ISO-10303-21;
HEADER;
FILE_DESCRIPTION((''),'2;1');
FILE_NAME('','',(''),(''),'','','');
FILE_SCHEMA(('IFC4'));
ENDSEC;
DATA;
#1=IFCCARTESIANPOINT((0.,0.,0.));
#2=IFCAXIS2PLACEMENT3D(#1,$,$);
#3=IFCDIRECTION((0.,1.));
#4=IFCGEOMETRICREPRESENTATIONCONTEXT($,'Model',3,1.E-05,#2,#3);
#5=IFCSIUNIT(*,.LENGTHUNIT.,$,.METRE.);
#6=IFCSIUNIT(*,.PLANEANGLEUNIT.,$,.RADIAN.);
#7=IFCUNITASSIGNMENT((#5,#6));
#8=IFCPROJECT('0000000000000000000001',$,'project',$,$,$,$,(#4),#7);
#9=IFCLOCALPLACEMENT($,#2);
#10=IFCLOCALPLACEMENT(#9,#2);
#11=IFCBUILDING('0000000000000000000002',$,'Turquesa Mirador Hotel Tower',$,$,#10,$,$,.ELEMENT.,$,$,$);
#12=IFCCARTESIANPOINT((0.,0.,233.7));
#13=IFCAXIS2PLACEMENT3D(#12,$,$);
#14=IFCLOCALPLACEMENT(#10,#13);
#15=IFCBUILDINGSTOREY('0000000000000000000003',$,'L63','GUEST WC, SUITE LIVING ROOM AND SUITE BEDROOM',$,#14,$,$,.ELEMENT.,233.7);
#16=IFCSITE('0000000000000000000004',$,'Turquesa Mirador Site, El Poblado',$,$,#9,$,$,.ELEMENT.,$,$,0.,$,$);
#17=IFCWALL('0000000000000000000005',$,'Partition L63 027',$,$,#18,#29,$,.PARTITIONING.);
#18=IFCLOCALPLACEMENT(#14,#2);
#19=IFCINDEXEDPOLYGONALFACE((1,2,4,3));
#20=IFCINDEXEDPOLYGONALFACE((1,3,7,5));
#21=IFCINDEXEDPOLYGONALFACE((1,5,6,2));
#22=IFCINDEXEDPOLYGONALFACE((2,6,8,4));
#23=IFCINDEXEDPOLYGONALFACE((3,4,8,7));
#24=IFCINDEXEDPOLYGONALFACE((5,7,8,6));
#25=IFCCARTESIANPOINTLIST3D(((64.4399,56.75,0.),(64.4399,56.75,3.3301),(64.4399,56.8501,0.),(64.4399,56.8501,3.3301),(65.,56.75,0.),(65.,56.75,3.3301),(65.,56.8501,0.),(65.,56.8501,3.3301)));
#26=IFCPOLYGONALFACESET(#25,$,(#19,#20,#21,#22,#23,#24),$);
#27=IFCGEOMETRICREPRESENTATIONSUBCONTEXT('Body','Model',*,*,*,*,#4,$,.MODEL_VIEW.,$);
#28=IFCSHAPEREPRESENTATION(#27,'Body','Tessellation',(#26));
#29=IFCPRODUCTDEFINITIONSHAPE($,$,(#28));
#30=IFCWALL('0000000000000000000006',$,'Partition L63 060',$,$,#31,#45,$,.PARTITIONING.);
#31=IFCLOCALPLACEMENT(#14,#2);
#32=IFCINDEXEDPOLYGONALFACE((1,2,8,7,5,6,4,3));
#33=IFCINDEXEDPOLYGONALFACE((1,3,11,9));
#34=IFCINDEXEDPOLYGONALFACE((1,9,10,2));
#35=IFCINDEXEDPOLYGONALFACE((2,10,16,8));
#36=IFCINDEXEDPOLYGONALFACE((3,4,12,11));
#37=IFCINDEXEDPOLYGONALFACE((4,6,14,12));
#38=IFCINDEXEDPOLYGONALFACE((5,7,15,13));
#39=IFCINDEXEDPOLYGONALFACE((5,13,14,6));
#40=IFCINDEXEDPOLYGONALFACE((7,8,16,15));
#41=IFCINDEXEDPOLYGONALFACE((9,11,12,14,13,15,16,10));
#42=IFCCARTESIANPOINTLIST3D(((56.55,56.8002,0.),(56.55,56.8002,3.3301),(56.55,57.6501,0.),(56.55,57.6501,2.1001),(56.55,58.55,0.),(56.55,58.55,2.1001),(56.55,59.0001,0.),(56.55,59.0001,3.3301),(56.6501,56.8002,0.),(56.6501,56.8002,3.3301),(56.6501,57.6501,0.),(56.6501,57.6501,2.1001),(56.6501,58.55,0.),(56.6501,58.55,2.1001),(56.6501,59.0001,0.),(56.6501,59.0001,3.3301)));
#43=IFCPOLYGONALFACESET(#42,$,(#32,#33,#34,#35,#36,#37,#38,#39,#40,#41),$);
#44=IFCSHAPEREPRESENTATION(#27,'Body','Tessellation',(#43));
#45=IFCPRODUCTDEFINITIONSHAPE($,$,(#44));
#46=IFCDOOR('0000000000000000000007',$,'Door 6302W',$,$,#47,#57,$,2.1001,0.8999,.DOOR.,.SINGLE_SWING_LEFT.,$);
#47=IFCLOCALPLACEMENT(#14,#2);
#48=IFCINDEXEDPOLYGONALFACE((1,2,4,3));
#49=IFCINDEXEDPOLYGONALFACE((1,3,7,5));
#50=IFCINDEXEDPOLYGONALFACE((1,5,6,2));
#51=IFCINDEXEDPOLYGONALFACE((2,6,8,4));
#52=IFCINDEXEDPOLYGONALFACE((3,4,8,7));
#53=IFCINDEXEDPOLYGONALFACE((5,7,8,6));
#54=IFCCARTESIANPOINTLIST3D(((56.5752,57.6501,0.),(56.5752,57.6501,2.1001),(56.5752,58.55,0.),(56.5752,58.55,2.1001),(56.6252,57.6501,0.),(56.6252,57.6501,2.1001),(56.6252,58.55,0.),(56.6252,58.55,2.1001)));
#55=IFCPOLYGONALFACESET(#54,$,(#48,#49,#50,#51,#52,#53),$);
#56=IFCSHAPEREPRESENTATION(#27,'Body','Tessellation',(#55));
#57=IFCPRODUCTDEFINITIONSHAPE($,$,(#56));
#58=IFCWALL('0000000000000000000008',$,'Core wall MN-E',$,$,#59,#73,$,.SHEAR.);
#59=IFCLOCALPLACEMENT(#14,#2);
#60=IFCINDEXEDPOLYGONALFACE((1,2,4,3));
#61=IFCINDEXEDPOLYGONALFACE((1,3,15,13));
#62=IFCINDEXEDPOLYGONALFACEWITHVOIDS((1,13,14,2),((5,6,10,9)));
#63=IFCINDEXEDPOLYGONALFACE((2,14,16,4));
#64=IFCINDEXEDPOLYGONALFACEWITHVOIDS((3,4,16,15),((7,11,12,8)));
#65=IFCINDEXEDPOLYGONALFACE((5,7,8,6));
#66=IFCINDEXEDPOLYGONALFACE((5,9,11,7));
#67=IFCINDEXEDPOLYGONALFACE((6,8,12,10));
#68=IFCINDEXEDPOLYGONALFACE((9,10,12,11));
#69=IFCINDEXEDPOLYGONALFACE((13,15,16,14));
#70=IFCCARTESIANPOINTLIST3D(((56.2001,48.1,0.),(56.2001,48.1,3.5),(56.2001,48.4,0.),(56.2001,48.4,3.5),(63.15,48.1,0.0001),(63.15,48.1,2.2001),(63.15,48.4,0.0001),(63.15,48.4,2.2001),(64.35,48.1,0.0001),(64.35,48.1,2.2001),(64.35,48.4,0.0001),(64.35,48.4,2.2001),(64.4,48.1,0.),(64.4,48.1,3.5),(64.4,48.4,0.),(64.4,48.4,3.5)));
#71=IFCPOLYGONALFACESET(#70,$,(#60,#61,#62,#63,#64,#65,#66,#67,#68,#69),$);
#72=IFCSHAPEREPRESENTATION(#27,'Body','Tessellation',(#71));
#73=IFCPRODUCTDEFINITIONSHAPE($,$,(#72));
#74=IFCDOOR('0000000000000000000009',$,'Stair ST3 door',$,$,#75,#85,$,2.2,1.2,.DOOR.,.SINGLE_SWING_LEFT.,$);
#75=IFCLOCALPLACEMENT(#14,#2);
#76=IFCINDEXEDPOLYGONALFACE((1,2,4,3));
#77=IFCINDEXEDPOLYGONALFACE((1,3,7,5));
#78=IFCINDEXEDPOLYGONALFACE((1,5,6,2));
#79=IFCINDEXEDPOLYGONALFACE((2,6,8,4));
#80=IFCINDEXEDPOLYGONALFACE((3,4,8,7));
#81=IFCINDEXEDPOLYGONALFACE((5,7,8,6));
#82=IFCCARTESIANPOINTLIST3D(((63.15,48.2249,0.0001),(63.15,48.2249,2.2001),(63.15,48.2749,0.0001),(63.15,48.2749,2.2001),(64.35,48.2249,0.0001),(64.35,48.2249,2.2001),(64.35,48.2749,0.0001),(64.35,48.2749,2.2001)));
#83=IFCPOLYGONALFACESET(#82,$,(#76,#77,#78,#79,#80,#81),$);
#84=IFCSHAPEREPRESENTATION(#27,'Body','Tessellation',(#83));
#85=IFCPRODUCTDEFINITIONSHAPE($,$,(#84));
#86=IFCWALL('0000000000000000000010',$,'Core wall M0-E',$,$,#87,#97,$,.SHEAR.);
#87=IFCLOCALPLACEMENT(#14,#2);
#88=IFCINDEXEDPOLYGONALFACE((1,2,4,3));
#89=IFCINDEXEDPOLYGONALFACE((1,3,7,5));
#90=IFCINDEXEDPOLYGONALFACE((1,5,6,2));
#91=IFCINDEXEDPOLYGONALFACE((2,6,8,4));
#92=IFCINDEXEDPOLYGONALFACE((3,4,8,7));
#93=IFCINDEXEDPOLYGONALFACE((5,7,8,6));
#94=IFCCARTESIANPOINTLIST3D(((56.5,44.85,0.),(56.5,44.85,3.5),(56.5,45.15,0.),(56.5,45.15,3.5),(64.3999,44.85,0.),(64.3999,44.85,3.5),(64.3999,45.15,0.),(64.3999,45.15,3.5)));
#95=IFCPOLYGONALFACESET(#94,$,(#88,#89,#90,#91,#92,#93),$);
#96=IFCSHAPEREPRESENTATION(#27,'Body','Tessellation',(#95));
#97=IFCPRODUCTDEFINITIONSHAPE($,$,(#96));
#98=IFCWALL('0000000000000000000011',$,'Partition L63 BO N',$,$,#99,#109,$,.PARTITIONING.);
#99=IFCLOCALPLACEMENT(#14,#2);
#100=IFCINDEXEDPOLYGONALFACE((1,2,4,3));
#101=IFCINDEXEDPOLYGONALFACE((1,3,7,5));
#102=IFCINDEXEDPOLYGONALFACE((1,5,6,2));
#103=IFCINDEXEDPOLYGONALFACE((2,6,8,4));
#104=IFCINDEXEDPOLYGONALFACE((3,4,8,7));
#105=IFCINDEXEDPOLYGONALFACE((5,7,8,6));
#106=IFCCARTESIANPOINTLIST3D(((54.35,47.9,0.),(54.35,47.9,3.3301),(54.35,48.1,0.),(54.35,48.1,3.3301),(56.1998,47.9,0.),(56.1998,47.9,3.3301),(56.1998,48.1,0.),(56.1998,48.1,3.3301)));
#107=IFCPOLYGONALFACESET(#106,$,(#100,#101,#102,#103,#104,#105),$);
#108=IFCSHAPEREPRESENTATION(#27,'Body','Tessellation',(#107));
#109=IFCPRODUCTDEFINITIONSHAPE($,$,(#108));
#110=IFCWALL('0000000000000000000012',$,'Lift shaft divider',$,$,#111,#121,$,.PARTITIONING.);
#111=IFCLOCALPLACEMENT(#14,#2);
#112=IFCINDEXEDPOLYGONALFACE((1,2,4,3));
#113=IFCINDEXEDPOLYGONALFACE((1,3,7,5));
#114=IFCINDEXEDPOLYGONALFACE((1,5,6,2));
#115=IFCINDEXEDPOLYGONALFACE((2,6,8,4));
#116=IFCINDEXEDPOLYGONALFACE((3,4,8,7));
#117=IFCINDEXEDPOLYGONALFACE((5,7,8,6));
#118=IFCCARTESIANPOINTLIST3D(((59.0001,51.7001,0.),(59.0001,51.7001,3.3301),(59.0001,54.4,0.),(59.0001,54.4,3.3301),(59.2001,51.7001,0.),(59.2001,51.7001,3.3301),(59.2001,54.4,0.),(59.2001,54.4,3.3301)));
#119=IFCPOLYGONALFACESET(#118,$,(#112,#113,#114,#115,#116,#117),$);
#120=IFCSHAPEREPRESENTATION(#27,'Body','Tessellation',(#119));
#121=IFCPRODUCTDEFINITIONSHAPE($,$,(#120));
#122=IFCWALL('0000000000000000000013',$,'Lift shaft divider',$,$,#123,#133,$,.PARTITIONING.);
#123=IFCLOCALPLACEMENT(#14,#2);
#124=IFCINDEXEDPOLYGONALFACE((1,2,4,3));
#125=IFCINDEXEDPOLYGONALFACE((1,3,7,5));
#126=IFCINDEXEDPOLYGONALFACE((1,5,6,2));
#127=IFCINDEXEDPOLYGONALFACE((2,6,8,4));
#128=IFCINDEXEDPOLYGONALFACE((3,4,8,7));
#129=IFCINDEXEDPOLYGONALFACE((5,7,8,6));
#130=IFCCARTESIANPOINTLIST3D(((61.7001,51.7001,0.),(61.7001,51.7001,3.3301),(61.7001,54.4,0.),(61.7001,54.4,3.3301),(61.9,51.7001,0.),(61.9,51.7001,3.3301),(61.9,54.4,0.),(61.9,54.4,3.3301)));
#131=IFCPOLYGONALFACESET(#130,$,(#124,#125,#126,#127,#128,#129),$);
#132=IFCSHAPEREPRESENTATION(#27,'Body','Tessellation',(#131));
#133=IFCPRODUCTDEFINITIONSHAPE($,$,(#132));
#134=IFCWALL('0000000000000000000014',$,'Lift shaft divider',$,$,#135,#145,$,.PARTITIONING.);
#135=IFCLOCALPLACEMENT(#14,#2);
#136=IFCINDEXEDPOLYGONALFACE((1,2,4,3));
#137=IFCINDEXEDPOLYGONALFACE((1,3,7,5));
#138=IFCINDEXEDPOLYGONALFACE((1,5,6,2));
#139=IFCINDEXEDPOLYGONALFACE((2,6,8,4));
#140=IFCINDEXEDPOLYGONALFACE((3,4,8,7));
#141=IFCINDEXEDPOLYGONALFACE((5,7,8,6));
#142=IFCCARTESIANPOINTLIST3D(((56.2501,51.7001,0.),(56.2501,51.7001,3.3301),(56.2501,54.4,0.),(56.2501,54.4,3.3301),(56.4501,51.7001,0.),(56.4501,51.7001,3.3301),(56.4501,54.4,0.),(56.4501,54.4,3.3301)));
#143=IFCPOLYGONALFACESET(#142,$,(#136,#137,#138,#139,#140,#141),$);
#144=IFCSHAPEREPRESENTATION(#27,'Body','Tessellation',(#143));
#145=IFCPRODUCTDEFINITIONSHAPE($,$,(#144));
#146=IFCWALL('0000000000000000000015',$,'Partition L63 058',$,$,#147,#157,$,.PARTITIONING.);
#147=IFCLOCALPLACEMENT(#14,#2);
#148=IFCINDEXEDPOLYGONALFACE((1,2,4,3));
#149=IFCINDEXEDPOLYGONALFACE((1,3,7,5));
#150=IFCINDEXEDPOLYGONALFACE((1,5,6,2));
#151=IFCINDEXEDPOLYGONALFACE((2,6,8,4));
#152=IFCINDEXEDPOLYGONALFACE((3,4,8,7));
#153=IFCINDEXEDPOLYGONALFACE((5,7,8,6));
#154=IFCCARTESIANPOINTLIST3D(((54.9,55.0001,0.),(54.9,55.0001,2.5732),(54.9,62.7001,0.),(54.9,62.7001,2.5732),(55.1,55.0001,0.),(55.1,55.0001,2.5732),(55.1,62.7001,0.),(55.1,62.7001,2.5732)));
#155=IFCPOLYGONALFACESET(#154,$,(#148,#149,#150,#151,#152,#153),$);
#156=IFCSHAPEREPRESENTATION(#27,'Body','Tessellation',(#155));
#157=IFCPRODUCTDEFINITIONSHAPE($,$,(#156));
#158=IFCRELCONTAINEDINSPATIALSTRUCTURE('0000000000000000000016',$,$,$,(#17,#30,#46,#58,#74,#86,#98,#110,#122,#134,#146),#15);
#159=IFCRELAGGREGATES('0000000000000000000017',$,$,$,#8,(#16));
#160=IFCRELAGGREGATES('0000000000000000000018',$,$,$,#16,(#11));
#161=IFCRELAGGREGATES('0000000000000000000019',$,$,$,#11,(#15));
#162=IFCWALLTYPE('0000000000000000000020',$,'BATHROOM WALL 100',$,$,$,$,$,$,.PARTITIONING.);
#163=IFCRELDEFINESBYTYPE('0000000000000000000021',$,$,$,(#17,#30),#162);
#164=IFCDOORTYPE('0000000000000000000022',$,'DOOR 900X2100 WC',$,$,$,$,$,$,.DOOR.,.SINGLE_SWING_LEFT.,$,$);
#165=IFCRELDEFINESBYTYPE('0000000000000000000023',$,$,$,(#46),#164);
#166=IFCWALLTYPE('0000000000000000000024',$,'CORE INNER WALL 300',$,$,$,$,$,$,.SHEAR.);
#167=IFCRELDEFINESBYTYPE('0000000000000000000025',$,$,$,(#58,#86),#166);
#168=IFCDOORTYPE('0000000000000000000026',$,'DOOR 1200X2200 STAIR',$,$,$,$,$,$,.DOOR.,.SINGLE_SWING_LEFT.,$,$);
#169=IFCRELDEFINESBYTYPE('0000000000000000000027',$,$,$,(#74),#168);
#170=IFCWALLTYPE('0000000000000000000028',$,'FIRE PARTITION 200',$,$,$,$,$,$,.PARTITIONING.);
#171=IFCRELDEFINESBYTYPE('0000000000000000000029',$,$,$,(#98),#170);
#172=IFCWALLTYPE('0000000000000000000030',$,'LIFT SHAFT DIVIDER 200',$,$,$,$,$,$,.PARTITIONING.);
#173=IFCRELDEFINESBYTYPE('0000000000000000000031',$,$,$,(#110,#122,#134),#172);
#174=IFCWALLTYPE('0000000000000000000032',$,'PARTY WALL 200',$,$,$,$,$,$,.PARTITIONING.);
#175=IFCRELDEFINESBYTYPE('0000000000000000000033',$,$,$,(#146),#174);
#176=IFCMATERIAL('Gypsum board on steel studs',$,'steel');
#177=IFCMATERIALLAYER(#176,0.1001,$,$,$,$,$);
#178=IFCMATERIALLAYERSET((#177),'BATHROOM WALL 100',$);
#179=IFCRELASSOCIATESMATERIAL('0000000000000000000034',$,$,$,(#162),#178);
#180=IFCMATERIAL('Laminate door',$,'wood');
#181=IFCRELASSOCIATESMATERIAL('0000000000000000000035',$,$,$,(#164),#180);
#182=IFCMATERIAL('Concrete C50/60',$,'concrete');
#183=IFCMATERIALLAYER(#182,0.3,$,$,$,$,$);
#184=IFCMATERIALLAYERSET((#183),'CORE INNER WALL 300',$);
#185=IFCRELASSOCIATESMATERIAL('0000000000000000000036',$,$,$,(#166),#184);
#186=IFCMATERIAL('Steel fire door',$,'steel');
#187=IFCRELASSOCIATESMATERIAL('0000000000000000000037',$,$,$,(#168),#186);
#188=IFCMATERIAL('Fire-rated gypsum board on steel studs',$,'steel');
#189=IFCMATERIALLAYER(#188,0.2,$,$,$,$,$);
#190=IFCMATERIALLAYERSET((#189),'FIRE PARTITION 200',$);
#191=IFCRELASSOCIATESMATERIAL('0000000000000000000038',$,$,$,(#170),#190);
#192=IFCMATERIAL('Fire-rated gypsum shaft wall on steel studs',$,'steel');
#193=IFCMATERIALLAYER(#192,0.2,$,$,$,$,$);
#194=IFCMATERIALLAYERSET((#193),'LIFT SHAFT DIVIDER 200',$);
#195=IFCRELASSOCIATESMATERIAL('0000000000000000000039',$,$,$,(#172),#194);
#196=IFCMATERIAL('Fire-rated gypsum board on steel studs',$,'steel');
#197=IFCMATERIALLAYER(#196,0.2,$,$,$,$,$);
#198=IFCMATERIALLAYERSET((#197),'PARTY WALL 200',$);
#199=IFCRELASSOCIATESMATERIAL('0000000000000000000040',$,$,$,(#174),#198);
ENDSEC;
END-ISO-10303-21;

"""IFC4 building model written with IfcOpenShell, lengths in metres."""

from ifc_helpers import new_model, si_unit, direction, frame, frame_2d, origin, place, context, subcontext, project, spatial, rectangle, extrude, material, layer, layer_set, type_object, element, fill, save


model = new_model("IFC4")

# Units and contexts
model_context = context("Model", 3, precision=1e-05, world=origin(), true_north=direction((0.0, 1.0)))
body_context = subcontext(model_context, "Body", "Model", "MODEL_VIEW")
ifc_project = project(units=[si_unit("LENGTHUNIT", "METRE"), si_unit("PLANEANGLEUNIT", "RADIAN")], contexts=[model_context])

# Site, building, storey
site_placement = place(None, origin())
site = spatial("IfcSite", under=ifc_project, at=site_placement, Name="Turquesa Mirador Site, El Poblado", CompositionType="ELEMENT", RefElevation=0.0)
building_placement = place(site_placement, origin())
building = spatial("IfcBuilding", under=site, at=building_placement, Name="Turquesa Mirador Hotel Tower", CompositionType="ELEMENT")
storey_placement = place(building_placement, frame((0.0, 0.0, 233.7)))
storey = spatial("IfcBuildingStorey", under=building, at=storey_placement, Name="L63", Description="GUEST WC, SUITE LIVING ROOM AND SUITE BEDROOM", CompositionType="ELEMENT", Elevation=233.7)

# Wall
ifc_material_1 = material(Name="Gypsum board on steel studs", Category="steel")
ifc_layer_1 = layer(ifc_material_1, 0.1001)
ifc_layer_set_1 = layer_set([ifc_layer_1], Name="BATHROOM WALL 100")
wall_type_1 = type_object("IfcWallType", Name="BATHROOM WALL 100", PredefinedType="PARTITIONING", material=ifc_layer_set_1)
wall_1_placement = place(storey_placement, frame((64.4399, 56.8, 0.0), z_axis=(0.0, 0.0, 1.0), x_axis=(1.0, 0.0, 0.0)))
element("IfcWall", 1, at=wall_1_placement, inside=storey, type_object=wall_type_1, Name="Partition L63 027", PredefinedType="PARTITIONING", context=body_context, shape_type="SweptSolid", body=[
    extrude(rectangle(XDim=0.5601, YDim=0.1001, at=frame_2d((0.28, 0.0))), origin(), (0.0, 0.0, 1.0), 3.3301),
])

# Walls, openings, doors
wall_2_placement = place(storey_placement, frame((56.6001, 56.8, 0.0), z_axis=(0.0, 0.0, 1.0), x_axis=(0.0, 1.0, 0.0)))
wall_2 = element("IfcWall", 2, at=wall_2_placement, inside=storey, type_object=wall_type_1, Name="Partition L63 060", PredefinedType="PARTITIONING", context=body_context, shape_type="SweptSolid", body=[
    extrude(rectangle(XDim=2.2, YDim=0.1001, at=frame_2d((1.1001, 0.0))), origin(), (0.0, 0.0, 1.0), 3.3301),
])
opening_1_placement = place(wall_2_placement, frame((0.8501, 0.0, 0.0)))
opening_1 = element("IfcOpeningElement", 3, at=opening_1_placement, cuts=wall_2, PredefinedType="OPENING", context=body_context, shape_type="SweptSolid", body=[
    extrude(rectangle(XDim=0.8999, YDim=2.1001, at=frame_2d((0.45, 1.05))), frame((0.0, 0.0601, 0.0), z_axis=(0.0, -1.0, 0.0), x_axis=(1.0, 0.0, 0.0)), (0.0, 0.0, 1.0), 0.1201),
])
ifc_material_2 = material(Name="Laminate door", Category="wood")
door_type_1 = type_object("IfcDoorType", Name="DOOR 900X2100 WC", OperationType="SINGLE_SWING_LEFT", PredefinedType="DOOR", material=ifc_material_2)
door_1_placement = place(opening_1_placement, origin())
door_1 = element("IfcDoor", 4, at=door_1_placement, inside=storey, type_object=door_type_1, Name="Door 6302W", OperationType="SINGLE_SWING_LEFT", OverallHeight=2.1001, OverallWidth=0.8999, PredefinedType="DOOR", context=body_context, shape_type="SweptSolid", body=[
    extrude(rectangle(XDim=0.8999, YDim=2.1001, at=frame_2d((0.45, 1.05))), frame((0.0, 0.0249, 0.0), z_axis=(0.0, -1.0, 0.0), x_axis=(1.0, 0.0, 0.0)), (0.0, 0.0, 1.0), 0.05),
])
fill(opening_1, door_1)
ifc_material_3 = material(Name="Concrete C50/60", Category="concrete")
ifc_layer_2 = layer(ifc_material_3, 0.3)
ifc_layer_set_2 = layer_set([ifc_layer_2], Name="CORE INNER WALL 300")
wall_type_2 = type_object("IfcWallType", Name="CORE INNER WALL 300", PredefinedType="SHEAR", material=ifc_layer_set_2)
wall_3_placement = place(storey_placement, frame((56.2, 48.25, 0.0), z_axis=(0.0, 0.0, 1.0), x_axis=(1.0, 0.0, 0.0)))
wall_3 = element("IfcWall", 5, at=wall_3_placement, inside=storey, type_object=wall_type_2, Name="Core wall MN-E", PredefinedType="SHEAR", context=body_context, shape_type="SweptSolid", body=[
    extrude(rectangle(XDim=8.2, YDim=0.3, at=frame_2d((4.1001, 0.0))), origin(), (0.0, 0.0, 1.0), 3.5),
])
opening_2_placement = place(wall_3_placement, frame((6.95, 0.0, 0.0)))
opening_2 = element("IfcOpeningElement", 6, at=opening_2_placement, cuts=wall_3, PredefinedType="OPENING", context=body_context, shape_type="SweptSolid", body=[
    extrude(rectangle(XDim=1.2, YDim=2.2, at=frame_2d((0.6001, 1.1001))), frame((0.0, 0.1599, 0.0), z_axis=(0.0, -1.0, 0.0), x_axis=(1.0, 0.0, 0.0)), (0.0, 0.0, 1.0), 0.3201),
])
ifc_material_4 = material(Name="Steel fire door", Category="steel")
door_type_2 = type_object("IfcDoorType", Name="DOOR 1200X2200 STAIR", OperationType="SINGLE_SWING_LEFT", PredefinedType="DOOR", material=ifc_material_4)
door_2_placement = place(opening_2_placement, origin())
door_2 = element("IfcDoor", 7, at=door_2_placement, inside=storey, type_object=door_type_2, Name="Stair ST3 door", OperationType="SINGLE_SWING_LEFT", OverallHeight=2.2, OverallWidth=1.2, PredefinedType="DOOR", context=body_context, shape_type="SweptSolid", body=[
    extrude(rectangle(XDim=1.2, YDim=2.2, at=frame_2d((0.6001, 1.1001))), frame((0.0, 0.0249, 0.0), z_axis=(0.0, -1.0, 0.0), x_axis=(1.0, 0.0, 0.0)), (0.0, 0.0, 1.0), 0.05),
])
fill(opening_2, door_2)

# Walls
wall_4_placement = place(storey_placement, frame((56.5, 45.0, 0.0), z_axis=(0.0, 0.0, 1.0), x_axis=(1.0, 0.0, 0.0)))
element("IfcWall", 8, at=wall_4_placement, inside=storey, type_object=wall_type_2, Name="Core wall M0-E", PredefinedType="SHEAR", context=body_context, shape_type="SweptSolid", body=[
    extrude(rectangle(XDim=7.8999, YDim=0.3, at=frame_2d((3.95, 0.0))), origin(), (0.0, 0.0, 1.0), 3.5),
])
ifc_material_5 = material(Name="Fire-rated gypsum board on steel studs", Category="steel")
ifc_layer_3 = layer(ifc_material_5, 0.2)
ifc_layer_set_3 = layer_set([ifc_layer_3], Name="FIRE PARTITION 200")
wall_type_3 = type_object("IfcWallType", Name="FIRE PARTITION 200", PredefinedType="PARTITIONING", material=ifc_layer_set_3)
wall_5_placement = place(storey_placement, frame((54.3501, 48.0, 0.0), z_axis=(0.0, 0.0, 1.0), x_axis=(1.0, 0.0, 0.0)))
element("IfcWall", 9, at=wall_5_placement, inside=storey, type_object=wall_type_3, Name="Partition L63 BO N", PredefinedType="PARTITIONING", context=body_context, shape_type="SweptSolid", body=[
    extrude(rectangle(XDim=1.8499, YDim=0.2, at=frame_2d((0.9248, 0.0))), origin(), (0.0, 0.0, 1.0), 3.3301),
])
ifc_material_6 = material(Name="Fire-rated gypsum shaft wall on steel studs", Category="steel")
ifc_layer_4 = layer(ifc_material_6, 0.2)
ifc_layer_set_4 = layer_set([ifc_layer_4], Name="LIFT SHAFT DIVIDER 200")
wall_type_4 = type_object("IfcWallType", Name="LIFT SHAFT DIVIDER 200", PredefinedType="PARTITIONING", material=ifc_layer_set_4)
for number, where, z_axis, x_axis, name in (
    (10, (59.1001, 51.7, 0.0), (0.0, 0.0, 1.0), (0.0, 1.0, 0.0), "Lift shaft divider"),
    (11, (61.8, 51.7, 0.0), (0.0, 0.0, 1.0), (0.0, 1.0, 0.0), "Lift shaft divider"),
    (12, (56.3501, 51.7, 0.0), (0.0, 0.0, 1.0), (0.0, 1.0, 0.0), "Lift shaft divider"),
):
    element("IfcWall", number, at=place(storey_placement, frame(where, z_axis=z_axis, x_axis=x_axis)), inside=storey, type_object=wall_type_4, Name=name, PredefinedType="PARTITIONING", context=body_context, shape_type="SweptSolid", body=[
        extrude(rectangle(XDim=2.7, YDim=0.2, at=frame_2d((1.3501, 0.0))), origin(), (0.0, 0.0, 1.0), 3.3301),
    ])
ifc_material_7 = material(Name="Fire-rated gypsum board on steel studs", Category="steel")
ifc_layer_5 = layer(ifc_material_7, 0.2)
ifc_layer_set_5 = layer_set([ifc_layer_5], Name="PARTY WALL 200")
wall_type_5 = type_object("IfcWallType", Name="PARTY WALL 200", PredefinedType="PARTITIONING", material=ifc_layer_set_5)
wall_6_placement = place(storey_placement, frame((55.0, 55.0, 0.0), z_axis=(0.0, 0.0, 1.0), x_axis=(0.0, 1.0, 0.0)))
element("IfcWall", 13, at=wall_6_placement, inside=storey, type_object=wall_type_5, Name="Partition L63 058", PredefinedType="PARTITIONING", context=body_context, shape_type="SweptSolid", body=[
    extrude(rectangle(XDim=7.7, YDim=0.2, at=frame_2d((3.8501, 0.0))), origin(), (0.0, 0.0, 1.0), 2.5732),
])

save(model, "model.ifc")
